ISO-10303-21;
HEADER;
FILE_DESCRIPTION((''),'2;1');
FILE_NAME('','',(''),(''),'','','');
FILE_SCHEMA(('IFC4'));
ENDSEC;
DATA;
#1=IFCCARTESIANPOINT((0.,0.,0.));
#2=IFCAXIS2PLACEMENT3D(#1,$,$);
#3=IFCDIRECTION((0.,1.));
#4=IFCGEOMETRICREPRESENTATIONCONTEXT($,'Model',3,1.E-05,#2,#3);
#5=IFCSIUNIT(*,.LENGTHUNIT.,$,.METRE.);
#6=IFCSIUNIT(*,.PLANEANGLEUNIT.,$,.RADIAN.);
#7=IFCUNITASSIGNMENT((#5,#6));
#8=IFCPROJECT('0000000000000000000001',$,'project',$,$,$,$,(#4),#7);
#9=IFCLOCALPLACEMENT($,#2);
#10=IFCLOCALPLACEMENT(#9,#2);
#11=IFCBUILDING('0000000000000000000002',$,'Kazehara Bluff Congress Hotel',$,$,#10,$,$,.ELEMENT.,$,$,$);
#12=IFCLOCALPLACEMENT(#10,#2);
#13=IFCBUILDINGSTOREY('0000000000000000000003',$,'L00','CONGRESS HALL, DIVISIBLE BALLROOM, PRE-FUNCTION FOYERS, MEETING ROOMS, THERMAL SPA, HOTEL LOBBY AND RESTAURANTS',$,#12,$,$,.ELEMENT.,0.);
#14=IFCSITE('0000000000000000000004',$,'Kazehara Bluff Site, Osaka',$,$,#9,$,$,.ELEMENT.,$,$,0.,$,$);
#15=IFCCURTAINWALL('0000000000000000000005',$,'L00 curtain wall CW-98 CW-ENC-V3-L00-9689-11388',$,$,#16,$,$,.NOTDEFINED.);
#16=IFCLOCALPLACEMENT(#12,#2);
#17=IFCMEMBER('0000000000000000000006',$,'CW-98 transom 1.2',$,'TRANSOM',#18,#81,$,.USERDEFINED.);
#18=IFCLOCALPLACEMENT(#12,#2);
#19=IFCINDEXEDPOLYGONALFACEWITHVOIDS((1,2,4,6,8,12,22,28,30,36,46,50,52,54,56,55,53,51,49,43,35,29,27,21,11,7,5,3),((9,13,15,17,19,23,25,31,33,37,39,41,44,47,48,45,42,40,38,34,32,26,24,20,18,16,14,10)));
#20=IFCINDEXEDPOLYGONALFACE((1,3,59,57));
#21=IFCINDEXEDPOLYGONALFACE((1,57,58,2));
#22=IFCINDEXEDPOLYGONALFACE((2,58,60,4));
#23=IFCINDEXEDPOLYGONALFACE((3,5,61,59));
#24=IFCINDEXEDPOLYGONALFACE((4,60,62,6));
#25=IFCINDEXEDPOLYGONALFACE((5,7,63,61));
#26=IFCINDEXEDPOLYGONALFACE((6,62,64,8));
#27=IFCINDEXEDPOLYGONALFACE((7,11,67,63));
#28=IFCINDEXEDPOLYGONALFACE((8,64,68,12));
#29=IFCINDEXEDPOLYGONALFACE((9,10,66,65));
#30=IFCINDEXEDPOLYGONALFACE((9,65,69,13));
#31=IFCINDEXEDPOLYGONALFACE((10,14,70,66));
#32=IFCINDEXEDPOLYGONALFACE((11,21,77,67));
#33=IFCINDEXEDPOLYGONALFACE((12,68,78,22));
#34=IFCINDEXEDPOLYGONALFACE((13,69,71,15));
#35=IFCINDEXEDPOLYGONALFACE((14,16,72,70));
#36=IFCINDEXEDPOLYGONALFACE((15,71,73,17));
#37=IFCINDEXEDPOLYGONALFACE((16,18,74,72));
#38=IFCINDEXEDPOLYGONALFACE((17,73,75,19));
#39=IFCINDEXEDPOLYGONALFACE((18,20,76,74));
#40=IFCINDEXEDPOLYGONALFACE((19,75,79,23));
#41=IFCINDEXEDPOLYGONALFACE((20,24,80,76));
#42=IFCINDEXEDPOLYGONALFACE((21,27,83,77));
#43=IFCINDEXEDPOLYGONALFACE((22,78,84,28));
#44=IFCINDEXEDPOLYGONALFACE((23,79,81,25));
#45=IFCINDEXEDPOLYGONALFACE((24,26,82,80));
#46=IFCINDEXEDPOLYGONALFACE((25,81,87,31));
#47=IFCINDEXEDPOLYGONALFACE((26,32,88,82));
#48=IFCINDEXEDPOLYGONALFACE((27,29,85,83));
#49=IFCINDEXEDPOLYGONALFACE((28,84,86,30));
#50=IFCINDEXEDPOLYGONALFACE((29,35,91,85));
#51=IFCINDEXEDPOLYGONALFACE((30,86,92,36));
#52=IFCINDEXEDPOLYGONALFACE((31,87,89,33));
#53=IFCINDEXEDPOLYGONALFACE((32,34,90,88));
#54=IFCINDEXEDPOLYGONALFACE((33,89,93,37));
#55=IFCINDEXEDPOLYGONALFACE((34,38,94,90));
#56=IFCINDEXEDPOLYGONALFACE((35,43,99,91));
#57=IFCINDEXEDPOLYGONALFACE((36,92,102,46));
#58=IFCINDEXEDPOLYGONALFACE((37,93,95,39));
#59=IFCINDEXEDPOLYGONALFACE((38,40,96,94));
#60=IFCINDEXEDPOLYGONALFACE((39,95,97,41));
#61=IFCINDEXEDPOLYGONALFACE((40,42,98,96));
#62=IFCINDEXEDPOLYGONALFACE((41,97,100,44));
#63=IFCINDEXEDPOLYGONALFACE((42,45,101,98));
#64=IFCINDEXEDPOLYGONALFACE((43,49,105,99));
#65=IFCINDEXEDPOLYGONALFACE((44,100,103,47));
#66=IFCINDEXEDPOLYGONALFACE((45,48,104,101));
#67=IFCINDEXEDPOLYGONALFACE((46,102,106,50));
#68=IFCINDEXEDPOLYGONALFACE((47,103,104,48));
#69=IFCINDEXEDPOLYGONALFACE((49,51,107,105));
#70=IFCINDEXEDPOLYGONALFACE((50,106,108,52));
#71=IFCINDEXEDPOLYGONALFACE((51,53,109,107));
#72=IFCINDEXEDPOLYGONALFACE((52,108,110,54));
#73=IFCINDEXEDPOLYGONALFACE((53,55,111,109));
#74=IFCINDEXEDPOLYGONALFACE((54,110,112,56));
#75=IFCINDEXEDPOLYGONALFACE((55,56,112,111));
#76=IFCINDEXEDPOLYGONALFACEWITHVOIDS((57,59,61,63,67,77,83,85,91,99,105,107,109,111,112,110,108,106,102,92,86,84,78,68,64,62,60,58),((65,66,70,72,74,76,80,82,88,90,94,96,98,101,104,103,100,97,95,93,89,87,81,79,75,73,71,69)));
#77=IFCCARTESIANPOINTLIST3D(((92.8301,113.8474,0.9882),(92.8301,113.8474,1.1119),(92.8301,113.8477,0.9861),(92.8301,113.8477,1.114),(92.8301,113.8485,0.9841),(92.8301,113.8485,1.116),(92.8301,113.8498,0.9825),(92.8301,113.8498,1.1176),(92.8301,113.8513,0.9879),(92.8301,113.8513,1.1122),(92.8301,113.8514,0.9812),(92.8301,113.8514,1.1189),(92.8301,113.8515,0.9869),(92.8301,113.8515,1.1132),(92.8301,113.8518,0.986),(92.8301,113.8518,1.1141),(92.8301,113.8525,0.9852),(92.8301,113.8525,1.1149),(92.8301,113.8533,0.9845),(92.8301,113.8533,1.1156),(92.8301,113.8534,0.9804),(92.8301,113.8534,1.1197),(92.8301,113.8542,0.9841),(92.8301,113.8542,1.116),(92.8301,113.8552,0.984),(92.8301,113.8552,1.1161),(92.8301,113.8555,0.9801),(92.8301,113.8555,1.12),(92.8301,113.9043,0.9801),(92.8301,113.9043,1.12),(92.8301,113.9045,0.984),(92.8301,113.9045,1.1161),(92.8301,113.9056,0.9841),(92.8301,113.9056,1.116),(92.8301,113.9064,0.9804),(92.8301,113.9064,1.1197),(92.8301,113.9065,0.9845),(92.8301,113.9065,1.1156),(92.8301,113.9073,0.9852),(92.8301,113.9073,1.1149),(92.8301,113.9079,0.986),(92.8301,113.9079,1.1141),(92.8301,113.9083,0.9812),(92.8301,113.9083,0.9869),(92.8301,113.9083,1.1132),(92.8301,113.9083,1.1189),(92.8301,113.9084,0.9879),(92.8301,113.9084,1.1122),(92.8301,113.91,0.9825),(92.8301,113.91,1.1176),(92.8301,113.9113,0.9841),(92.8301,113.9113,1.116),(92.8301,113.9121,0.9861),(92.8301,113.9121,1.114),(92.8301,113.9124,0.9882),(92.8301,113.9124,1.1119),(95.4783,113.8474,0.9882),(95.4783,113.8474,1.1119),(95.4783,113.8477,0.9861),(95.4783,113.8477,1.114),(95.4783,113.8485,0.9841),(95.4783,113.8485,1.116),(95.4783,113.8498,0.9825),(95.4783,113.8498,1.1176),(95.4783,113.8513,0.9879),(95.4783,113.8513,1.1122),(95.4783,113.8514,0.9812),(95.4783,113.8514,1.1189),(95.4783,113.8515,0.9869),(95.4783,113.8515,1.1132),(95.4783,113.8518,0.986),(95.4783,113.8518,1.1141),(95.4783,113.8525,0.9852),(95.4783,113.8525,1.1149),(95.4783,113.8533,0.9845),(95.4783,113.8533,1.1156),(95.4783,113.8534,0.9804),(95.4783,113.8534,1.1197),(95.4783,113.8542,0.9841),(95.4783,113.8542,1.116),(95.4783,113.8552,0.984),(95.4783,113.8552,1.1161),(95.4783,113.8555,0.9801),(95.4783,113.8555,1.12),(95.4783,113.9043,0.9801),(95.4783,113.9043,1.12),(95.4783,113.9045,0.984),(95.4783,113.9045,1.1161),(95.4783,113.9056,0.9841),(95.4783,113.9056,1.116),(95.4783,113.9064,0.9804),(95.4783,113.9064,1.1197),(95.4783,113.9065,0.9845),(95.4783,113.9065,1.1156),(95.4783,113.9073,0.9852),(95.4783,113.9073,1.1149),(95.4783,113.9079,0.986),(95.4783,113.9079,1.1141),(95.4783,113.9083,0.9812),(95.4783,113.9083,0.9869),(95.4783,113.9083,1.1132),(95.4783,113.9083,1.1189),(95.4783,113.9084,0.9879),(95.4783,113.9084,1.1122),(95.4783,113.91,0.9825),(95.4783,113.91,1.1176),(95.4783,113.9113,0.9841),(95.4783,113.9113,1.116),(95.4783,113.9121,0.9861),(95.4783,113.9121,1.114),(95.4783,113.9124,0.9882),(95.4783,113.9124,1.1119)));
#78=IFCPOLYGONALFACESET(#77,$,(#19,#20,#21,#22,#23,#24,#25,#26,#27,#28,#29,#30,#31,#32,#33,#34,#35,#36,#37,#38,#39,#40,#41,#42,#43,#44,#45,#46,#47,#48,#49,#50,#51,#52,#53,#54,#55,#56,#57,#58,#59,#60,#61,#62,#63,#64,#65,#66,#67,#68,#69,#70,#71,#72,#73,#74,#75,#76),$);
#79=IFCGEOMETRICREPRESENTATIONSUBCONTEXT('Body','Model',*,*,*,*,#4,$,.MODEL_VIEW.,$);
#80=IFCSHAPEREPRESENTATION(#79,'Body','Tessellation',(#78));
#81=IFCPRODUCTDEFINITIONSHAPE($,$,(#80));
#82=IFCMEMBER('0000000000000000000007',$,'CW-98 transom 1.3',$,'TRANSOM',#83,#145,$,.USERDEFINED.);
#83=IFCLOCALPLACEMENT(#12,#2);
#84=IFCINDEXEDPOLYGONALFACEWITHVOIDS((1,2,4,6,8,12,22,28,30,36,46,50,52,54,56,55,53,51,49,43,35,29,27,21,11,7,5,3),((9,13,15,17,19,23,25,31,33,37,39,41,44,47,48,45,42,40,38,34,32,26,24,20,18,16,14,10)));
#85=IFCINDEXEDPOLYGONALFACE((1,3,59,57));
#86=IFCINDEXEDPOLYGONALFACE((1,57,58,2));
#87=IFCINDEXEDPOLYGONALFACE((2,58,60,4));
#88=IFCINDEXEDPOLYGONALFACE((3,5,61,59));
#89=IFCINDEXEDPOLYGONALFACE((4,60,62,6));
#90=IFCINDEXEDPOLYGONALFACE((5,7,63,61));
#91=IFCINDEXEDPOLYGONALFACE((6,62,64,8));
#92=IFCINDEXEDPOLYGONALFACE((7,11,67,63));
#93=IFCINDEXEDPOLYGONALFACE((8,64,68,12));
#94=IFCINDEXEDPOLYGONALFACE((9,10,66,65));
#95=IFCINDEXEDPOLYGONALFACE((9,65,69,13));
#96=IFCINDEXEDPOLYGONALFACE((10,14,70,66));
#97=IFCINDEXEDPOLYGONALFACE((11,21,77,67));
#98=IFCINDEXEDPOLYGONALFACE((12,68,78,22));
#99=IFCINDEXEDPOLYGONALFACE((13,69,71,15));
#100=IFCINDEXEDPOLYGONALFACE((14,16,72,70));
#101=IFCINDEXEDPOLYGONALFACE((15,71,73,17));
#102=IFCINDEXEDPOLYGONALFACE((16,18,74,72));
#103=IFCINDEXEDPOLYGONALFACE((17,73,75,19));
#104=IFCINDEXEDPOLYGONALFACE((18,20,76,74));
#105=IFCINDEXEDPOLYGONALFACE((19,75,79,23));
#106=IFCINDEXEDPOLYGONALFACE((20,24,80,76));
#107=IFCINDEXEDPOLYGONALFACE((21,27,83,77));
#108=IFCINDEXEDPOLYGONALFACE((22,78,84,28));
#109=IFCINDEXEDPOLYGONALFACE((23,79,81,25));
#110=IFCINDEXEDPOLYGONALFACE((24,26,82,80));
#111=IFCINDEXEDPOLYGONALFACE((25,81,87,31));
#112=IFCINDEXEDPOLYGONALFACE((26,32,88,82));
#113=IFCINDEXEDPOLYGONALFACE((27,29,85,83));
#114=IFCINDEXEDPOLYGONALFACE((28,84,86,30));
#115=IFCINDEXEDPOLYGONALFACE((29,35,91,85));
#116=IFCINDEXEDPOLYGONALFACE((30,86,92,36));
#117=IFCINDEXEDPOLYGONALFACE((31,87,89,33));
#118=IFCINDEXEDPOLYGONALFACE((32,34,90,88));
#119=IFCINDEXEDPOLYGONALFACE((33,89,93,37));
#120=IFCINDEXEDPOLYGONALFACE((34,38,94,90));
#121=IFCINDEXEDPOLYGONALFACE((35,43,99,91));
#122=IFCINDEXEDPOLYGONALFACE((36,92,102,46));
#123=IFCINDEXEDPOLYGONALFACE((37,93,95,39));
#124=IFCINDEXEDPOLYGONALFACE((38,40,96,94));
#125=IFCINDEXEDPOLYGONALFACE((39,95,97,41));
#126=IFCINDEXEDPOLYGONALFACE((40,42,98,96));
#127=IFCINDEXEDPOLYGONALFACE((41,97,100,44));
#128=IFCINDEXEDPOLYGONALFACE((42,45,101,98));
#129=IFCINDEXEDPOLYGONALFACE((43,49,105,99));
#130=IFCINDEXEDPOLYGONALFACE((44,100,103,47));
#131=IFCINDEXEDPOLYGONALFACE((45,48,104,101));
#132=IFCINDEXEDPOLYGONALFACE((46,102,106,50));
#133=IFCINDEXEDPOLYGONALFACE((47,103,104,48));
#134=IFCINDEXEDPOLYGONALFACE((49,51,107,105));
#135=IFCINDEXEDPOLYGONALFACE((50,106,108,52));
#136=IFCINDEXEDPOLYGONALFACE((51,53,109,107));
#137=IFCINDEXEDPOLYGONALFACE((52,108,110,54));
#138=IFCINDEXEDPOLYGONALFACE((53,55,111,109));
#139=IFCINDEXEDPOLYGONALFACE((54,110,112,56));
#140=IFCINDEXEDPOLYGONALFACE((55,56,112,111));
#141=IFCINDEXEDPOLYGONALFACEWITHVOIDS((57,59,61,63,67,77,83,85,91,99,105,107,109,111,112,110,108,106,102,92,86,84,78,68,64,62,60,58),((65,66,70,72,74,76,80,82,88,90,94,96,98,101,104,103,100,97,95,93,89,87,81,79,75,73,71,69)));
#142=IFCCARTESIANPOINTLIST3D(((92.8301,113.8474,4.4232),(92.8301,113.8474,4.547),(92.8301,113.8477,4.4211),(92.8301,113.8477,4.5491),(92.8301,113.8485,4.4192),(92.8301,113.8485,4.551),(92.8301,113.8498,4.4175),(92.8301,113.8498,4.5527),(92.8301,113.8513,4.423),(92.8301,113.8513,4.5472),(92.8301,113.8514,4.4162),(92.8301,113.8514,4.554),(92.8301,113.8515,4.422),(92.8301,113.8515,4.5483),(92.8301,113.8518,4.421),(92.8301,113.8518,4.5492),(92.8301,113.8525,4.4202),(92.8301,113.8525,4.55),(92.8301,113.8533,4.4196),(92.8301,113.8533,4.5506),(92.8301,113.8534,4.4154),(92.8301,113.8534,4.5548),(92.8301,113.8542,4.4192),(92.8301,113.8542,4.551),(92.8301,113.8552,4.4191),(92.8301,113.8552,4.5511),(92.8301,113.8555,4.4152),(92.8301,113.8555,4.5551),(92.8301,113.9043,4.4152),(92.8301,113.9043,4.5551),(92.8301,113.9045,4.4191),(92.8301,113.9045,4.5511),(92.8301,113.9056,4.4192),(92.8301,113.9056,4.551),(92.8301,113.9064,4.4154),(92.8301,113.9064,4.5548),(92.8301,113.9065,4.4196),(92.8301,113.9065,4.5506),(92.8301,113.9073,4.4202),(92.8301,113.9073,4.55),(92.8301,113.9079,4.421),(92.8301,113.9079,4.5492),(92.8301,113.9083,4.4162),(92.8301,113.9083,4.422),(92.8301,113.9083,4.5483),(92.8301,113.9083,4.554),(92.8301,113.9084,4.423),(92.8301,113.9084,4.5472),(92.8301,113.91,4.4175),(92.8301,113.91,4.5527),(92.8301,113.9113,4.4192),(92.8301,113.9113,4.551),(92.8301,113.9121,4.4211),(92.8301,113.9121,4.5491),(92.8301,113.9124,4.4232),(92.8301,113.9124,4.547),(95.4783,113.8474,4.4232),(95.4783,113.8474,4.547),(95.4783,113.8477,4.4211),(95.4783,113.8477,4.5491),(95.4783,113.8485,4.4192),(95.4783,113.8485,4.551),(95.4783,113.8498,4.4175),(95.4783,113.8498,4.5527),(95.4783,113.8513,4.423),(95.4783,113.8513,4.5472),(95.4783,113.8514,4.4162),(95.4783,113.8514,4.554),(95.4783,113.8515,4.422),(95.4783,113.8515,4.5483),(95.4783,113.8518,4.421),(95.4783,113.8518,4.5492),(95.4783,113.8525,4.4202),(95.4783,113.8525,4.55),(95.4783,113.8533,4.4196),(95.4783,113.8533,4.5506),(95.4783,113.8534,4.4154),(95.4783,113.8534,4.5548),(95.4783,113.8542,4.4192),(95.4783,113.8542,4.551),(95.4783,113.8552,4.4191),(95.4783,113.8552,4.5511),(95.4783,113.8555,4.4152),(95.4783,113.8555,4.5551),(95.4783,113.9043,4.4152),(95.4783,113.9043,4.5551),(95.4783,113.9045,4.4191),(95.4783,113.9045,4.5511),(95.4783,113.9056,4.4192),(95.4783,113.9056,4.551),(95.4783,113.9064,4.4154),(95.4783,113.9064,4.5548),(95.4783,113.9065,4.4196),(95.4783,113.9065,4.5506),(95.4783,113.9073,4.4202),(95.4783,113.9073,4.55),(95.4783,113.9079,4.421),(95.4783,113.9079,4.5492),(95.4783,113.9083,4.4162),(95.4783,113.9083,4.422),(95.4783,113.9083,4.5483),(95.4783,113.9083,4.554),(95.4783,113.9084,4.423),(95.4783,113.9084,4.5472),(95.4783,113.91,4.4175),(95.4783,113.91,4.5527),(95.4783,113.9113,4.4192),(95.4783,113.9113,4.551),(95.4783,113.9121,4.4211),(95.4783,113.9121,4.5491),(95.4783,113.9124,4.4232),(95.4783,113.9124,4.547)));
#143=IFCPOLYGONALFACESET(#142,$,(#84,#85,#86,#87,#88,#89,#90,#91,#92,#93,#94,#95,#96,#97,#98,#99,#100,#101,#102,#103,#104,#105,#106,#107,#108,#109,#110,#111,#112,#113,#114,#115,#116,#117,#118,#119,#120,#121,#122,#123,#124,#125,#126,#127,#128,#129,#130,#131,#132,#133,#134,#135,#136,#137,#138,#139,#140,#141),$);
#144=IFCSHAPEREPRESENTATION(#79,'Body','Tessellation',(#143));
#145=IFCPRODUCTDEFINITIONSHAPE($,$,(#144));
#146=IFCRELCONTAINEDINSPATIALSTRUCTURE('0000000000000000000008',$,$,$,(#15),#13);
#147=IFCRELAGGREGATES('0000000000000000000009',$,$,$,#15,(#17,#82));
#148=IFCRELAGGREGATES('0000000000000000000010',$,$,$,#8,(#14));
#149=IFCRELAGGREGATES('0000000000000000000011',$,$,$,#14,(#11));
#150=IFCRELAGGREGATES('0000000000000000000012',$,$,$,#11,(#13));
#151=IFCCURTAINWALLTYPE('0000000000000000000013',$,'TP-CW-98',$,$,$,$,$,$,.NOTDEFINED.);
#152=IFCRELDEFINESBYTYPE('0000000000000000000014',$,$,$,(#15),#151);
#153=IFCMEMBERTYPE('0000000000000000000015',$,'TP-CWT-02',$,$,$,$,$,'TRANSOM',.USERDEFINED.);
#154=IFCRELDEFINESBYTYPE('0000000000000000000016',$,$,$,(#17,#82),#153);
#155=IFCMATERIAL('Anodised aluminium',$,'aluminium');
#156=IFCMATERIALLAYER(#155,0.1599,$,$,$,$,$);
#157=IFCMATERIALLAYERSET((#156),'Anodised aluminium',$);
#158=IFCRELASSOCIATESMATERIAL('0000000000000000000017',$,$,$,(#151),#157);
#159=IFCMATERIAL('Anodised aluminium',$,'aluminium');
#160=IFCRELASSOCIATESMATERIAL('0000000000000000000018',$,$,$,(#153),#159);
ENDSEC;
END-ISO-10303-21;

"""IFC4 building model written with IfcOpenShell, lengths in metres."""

from ifc_helpers import new_model, si_unit, direction, frame, origin, origin_2d, place, context, subcontext, project, spatial, hollow_rectangle, extrude, material, layer, layer_set, material_profile, profile_set, type_object, element, aggregate, save


model = new_model("IFC4")

# Units and contexts
model_context = context("Model", 3, precision=1e-05, world=origin(), true_north=direction((0.0, 1.0)))
body_context = subcontext(model_context, "Body", "Model", "MODEL_VIEW")
ifc_project = project(units=[si_unit("LENGTHUNIT", "METRE"), si_unit("PLANEANGLEUNIT", "RADIAN")], contexts=[model_context])

# Site, building, storey
site_placement = place(None, origin())
site = spatial("IfcSite", under=ifc_project, at=site_placement, Name="Kazehara Bluff Site, Osaka", CompositionType="ELEMENT", RefElevation=0.0)
building_placement = place(site_placement, origin())
building = spatial("IfcBuilding", under=site, at=building_placement, Name="Kazehara Bluff Congress Hotel", CompositionType="ELEMENT")
storey_placement = place(building_placement, origin())
storey = spatial("IfcBuildingStorey", under=building, at=storey_placement, Name="L00", Description="CONGRESS HALL, DIVISIBLE BALLROOM, PRE-FUNCTION FOYERS, MEETING ROOMS, THERMAL SPA, HOTEL LOBBY AND RESTAURANTS", CompositionType="ELEMENT", Elevation=0.0)

# Curtain wall, members
ifc_material_1 = material(Name="Anodised aluminium", Category="aluminium")
ifc_layer_1 = layer(ifc_material_1, 0.1599)
ifc_layer_set_1 = layer_set([ifc_layer_1], Name="Anodised aluminium")
curtain_wall_type = type_object("IfcCurtainWallType", Name="TP-CW-98", PredefinedType="NOTDEFINED", material=ifc_layer_set_1)
curtain_wall_placement = place(storey_placement, origin())
curtain_wall = element("IfcCurtainWall", 1, at=curtain_wall_placement, inside=storey, type_object=curtain_wall_type, Name="L00 curtain wall CW-98 CW-ENC-V3-L00-9689-11388", PredefinedType="NOTDEFINED")
ifc_material_2 = material(Name="Anodised aluminium", Category="aluminium")
ifc_material_profile_1 = material_profile(ifc_material_2, hollow_rectangle(XDim=0.0649, YDim=0.1399, WallThickness=0.0039, InnerFilletRadius=0.0039, OuterFilletRadius=0.0081, at=origin_2d()))
ifc_profile_set_1 = profile_set([ifc_material_profile_1], Name="Anodised aluminium")
member_type_1 = type_object("IfcMemberType", Name="TP-CWT-02", ElementType="TRANSOM", PredefinedType="USERDEFINED", material=ifc_profile_set_1)
member_1_placement = place(storey_placement, frame((92.8301, 113.8799, 1.05), z_axis=(1.0, 0.0, 0.0), x_axis=(0.0, 1.0, 0.0)))
member_1 = element("IfcMember", 2, at=member_1_placement, type_object=member_type_1, Name="CW-98 transom 1.2", ObjectType="TRANSOM", PredefinedType="USERDEFINED", context=body_context, shape_type="SweptSolid", body=[
    extrude(hollow_rectangle(XDim=0.0649, YDim=0.1399, WallThickness=0.0039, InnerFilletRadius=0.0039, OuterFilletRadius=0.0081, at=origin_2d()), origin(), (0.0, 0.0, 1.0), 2.6482),
])
member_2_placement = place(storey_placement, frame((92.8301, 113.8799, 4.4851), z_axis=(1.0, 0.0, 0.0), x_axis=(0.0, 1.0, 0.0)))
member_2 = element("IfcMember", 3, at=member_2_placement, type_object=member_type_1, Name="CW-98 transom 1.3", ObjectType="TRANSOM", PredefinedType="USERDEFINED", context=body_context, shape_type="SweptSolid", body=[
    extrude(hollow_rectangle(XDim=0.0649, YDim=0.1399, WallThickness=0.0039, InnerFilletRadius=0.0039, OuterFilletRadius=0.0081, at=origin_2d()), origin(), (0.0, 0.0, 1.0), 2.6482),
])

aggregate(curtain_wall, [member_1, member_2])

save(model, "model.ifc")
